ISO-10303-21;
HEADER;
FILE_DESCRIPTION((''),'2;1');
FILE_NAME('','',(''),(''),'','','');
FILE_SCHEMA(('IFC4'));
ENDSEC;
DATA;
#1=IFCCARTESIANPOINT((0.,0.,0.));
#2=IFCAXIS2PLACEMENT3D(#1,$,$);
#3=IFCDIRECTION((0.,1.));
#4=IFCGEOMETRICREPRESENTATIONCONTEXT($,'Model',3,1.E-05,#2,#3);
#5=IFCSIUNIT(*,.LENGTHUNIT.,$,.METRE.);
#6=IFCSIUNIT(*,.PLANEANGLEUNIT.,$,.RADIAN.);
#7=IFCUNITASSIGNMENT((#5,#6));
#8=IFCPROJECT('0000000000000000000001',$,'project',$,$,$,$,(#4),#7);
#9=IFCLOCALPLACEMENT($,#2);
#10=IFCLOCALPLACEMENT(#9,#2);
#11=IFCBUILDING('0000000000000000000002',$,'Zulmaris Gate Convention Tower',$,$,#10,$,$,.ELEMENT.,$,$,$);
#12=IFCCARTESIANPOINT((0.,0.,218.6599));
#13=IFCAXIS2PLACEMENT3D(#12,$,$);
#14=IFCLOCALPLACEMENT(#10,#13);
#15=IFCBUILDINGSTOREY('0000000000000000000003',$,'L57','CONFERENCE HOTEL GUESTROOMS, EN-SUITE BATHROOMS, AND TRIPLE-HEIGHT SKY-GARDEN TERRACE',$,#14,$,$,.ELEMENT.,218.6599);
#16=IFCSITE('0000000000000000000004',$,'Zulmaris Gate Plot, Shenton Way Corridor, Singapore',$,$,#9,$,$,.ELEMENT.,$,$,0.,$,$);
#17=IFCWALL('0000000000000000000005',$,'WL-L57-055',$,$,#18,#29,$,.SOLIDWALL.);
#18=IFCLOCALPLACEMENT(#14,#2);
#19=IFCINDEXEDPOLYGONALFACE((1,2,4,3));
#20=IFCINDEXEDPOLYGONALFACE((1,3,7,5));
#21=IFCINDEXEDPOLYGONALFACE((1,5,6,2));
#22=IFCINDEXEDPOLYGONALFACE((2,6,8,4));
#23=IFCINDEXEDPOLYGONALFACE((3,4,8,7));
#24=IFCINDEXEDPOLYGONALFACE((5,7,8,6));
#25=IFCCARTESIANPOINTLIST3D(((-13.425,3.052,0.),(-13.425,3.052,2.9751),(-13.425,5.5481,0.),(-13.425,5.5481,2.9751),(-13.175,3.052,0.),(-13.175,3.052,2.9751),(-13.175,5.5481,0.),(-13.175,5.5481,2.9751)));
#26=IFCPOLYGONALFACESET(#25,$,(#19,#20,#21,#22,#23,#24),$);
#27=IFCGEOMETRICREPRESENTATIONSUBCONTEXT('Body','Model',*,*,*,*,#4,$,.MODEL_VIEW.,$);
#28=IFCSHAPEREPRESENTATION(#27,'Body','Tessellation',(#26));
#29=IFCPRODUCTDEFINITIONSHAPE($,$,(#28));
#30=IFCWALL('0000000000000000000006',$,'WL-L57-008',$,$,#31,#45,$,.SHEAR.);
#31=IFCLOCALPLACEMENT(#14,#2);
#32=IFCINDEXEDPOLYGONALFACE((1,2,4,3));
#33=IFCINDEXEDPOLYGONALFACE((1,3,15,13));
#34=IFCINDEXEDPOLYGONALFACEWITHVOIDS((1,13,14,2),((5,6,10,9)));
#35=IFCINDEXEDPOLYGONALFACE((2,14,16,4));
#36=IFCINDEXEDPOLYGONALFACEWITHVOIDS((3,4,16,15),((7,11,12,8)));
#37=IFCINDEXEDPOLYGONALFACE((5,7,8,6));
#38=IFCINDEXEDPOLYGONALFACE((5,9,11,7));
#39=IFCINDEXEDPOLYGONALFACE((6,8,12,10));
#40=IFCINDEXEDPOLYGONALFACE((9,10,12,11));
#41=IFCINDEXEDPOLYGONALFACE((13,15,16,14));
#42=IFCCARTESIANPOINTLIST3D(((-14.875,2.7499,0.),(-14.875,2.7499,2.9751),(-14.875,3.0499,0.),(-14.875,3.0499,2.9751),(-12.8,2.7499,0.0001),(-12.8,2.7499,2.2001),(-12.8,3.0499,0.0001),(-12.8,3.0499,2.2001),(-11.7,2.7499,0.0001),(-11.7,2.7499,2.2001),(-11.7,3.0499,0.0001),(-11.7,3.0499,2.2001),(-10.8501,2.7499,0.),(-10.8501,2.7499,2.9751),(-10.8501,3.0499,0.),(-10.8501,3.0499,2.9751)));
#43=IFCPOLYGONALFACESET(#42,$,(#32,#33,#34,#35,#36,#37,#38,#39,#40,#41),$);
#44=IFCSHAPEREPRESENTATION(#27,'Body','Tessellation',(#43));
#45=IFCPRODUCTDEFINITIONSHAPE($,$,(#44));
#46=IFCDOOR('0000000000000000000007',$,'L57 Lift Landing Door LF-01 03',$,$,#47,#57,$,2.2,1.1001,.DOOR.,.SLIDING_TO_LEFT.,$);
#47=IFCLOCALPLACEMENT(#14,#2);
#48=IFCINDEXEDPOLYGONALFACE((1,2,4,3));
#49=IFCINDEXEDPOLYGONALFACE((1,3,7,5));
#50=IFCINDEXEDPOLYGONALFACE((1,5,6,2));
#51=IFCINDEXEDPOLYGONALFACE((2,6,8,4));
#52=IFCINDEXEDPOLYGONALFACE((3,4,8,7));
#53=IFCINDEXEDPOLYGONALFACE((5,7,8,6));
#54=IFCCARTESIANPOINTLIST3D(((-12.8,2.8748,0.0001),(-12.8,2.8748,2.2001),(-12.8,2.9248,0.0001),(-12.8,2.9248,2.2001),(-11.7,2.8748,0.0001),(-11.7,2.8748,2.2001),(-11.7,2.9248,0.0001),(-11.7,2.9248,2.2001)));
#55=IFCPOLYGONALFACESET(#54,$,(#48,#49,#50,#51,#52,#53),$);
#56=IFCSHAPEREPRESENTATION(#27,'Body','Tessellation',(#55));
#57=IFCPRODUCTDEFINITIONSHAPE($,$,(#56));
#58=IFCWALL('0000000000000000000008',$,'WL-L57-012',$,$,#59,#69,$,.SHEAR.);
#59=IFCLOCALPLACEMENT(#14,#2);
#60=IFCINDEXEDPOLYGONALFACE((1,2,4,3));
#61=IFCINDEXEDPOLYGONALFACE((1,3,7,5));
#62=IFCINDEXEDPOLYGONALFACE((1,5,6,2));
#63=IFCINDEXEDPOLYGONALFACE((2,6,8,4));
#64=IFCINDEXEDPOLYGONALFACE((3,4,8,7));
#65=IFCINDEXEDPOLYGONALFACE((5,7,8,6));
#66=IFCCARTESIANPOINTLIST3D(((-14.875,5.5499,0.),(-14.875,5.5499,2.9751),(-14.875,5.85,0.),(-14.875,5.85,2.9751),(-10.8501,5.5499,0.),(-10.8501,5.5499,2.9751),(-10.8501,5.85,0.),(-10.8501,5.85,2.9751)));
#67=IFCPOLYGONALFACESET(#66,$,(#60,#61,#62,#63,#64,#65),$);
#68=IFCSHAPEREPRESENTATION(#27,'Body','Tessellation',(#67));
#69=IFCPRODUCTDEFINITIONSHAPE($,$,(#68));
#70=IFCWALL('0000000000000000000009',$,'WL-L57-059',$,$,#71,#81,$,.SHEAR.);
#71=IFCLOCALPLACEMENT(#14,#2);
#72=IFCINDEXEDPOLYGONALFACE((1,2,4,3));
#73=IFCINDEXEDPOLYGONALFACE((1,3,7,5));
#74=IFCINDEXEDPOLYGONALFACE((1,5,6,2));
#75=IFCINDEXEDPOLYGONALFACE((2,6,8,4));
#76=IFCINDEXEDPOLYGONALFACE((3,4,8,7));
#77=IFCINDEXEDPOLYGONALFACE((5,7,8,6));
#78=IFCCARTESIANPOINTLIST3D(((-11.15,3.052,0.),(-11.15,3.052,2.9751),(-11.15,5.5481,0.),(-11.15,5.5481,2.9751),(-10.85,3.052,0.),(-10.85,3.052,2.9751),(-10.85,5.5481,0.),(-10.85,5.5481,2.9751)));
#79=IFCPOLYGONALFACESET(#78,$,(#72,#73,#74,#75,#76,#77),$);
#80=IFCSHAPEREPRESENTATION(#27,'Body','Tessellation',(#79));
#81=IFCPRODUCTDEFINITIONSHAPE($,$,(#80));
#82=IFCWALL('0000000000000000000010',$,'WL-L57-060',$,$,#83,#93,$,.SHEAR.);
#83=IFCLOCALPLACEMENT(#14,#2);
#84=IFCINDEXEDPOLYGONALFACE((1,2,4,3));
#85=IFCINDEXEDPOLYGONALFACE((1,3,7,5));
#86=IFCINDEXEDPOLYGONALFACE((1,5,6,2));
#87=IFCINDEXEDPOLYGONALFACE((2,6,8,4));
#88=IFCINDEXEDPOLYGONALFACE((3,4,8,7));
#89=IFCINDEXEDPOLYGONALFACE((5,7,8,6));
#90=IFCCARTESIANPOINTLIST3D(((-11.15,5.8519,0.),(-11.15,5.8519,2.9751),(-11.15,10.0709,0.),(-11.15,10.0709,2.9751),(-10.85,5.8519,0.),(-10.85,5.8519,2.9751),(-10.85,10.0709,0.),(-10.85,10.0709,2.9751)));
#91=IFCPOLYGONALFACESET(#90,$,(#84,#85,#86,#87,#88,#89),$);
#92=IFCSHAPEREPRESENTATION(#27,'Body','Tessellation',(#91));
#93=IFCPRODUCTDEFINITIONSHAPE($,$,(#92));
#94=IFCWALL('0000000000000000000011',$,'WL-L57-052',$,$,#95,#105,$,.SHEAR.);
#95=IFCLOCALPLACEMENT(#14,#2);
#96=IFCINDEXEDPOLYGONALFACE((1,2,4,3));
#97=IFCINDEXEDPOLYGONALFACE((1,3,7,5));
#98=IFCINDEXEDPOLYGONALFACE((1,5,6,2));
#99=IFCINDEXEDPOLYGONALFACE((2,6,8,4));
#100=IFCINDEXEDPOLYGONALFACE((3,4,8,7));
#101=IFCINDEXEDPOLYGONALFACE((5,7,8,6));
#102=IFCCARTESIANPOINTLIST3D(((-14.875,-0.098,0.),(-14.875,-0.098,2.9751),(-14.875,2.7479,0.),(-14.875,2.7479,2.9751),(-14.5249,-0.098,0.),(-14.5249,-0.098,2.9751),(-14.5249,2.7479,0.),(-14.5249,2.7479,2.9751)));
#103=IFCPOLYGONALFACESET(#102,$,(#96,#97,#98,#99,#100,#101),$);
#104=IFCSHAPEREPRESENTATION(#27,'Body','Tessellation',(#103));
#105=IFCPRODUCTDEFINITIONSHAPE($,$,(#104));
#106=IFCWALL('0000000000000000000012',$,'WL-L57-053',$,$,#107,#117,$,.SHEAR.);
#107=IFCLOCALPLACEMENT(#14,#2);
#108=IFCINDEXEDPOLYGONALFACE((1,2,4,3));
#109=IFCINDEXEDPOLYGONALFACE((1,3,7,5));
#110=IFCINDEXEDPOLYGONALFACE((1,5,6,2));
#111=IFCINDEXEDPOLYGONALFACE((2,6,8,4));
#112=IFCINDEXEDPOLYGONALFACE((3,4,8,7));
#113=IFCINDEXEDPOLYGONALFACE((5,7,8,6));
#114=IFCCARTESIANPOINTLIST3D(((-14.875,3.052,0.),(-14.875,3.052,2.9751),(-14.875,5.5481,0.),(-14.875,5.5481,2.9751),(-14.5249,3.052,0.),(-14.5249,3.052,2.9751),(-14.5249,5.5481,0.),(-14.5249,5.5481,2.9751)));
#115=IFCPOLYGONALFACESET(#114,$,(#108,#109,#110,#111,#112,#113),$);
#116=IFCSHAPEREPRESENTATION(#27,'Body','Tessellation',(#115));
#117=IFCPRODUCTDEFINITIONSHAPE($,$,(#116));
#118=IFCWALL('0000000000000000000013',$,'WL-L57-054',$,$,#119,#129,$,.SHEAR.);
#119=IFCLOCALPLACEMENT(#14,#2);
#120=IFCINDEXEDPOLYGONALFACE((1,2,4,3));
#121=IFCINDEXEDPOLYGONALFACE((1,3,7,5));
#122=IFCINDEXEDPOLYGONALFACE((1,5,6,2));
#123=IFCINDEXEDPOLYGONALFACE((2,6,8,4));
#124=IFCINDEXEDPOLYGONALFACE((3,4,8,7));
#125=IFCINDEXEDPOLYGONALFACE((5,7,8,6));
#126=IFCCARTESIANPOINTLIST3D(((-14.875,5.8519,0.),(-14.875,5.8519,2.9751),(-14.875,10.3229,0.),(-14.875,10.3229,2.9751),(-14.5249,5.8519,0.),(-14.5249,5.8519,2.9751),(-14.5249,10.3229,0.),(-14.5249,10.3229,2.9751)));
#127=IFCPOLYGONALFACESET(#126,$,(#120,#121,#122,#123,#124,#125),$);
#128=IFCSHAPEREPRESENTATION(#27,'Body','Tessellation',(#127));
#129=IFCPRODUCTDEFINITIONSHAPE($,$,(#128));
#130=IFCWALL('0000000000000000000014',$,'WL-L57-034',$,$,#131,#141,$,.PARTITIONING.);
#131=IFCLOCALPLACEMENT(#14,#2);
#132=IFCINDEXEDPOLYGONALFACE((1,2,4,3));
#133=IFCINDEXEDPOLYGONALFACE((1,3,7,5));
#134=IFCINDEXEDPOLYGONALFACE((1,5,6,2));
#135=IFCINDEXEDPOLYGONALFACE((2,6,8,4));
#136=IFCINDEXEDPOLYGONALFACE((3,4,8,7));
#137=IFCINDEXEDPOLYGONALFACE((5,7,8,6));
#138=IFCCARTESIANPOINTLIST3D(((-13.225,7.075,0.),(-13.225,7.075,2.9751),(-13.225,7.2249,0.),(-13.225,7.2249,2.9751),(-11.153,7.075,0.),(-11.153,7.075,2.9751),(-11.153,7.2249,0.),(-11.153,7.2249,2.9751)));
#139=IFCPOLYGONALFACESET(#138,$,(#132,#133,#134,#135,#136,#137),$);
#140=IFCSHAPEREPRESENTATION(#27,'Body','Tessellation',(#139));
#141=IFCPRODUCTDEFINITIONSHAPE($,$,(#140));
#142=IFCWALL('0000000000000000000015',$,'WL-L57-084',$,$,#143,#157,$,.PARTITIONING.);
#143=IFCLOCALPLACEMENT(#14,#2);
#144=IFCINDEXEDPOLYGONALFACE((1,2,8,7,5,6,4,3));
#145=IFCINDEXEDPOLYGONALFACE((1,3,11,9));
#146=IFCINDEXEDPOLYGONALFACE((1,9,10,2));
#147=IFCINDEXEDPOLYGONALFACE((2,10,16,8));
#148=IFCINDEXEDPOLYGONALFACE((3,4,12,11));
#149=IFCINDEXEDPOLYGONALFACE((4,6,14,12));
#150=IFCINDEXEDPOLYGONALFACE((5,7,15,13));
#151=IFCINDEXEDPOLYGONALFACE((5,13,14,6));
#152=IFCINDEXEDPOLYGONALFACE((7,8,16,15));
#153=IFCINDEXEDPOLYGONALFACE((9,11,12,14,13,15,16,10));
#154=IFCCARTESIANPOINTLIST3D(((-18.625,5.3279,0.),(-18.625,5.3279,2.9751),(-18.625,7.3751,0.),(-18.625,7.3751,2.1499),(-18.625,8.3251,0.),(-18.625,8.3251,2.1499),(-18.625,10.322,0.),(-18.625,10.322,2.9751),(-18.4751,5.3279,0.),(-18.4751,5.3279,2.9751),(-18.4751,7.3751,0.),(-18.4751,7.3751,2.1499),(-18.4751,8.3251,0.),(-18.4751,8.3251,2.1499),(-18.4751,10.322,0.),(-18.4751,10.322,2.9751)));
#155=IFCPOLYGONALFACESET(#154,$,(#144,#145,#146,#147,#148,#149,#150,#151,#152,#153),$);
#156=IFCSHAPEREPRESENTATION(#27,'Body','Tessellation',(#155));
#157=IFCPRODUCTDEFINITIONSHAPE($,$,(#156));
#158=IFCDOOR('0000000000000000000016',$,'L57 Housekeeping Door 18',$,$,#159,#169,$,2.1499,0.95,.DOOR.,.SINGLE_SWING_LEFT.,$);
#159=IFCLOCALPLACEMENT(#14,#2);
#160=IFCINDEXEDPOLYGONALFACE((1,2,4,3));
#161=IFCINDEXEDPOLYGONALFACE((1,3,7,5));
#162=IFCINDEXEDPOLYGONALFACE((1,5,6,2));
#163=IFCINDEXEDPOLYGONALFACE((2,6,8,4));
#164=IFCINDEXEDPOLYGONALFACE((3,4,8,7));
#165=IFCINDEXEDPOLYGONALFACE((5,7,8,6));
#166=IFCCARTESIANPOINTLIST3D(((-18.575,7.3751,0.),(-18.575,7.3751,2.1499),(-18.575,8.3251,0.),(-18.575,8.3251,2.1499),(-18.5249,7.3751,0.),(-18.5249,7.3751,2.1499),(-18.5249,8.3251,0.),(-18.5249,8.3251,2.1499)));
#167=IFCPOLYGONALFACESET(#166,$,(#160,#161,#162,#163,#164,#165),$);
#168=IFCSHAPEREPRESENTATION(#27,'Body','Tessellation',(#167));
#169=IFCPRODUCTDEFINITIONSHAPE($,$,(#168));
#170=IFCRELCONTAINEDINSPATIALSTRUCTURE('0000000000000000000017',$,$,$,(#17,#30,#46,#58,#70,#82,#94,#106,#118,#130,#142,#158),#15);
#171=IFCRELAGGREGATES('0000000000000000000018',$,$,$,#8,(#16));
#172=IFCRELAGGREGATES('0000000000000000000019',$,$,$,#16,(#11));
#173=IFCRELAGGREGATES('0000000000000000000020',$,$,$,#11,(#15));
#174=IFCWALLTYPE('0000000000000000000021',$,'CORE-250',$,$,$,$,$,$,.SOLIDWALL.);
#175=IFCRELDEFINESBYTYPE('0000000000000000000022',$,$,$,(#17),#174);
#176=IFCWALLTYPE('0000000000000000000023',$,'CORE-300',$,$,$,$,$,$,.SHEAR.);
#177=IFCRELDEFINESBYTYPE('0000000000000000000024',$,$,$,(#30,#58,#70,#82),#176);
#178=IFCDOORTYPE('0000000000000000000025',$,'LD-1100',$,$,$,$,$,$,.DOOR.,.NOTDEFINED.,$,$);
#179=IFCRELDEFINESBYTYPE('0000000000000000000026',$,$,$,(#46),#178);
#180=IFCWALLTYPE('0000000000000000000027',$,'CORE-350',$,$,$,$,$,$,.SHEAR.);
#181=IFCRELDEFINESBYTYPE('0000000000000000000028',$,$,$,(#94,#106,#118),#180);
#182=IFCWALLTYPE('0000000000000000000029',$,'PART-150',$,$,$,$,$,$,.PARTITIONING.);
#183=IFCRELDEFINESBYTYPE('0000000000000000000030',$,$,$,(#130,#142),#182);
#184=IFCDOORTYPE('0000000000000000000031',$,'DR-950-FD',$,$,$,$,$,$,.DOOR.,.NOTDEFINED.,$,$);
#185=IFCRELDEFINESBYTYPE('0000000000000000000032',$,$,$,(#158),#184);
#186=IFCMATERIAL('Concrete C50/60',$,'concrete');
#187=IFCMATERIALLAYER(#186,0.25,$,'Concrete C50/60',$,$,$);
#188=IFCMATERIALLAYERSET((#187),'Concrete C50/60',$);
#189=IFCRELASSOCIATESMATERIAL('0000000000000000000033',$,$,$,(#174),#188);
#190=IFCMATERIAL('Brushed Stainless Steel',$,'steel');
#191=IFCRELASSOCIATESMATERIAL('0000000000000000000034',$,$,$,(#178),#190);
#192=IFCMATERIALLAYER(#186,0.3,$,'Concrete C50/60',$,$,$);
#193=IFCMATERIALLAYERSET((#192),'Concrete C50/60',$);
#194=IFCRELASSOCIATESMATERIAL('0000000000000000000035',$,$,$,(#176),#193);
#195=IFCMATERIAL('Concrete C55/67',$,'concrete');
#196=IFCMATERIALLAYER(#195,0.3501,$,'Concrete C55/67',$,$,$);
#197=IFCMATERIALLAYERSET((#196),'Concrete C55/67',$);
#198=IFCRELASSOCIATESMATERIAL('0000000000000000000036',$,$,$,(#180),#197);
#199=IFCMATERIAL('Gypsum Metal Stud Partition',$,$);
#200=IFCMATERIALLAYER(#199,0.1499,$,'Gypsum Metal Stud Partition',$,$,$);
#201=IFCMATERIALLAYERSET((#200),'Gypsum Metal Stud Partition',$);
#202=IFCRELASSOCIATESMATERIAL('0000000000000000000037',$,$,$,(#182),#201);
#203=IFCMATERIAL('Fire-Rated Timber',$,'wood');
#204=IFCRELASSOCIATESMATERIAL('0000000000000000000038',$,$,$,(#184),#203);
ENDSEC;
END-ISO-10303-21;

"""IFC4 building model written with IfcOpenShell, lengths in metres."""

from ifc_helpers import new_model, si_unit, direction, frame, frame_2d, origin, place, context, subcontext, project, spatial, rectangle, extrude, material, layer, layer_set, type_object, element, fill, save


model = new_model("IFC4")

# Units and contexts
model_context = context("Model", 3, precision=1e-05, world=origin(), true_north=direction((0.0, 1.0)))
body_context = subcontext(model_context, "Body", "Model", "MODEL_VIEW")
ifc_project = project(units=[si_unit("LENGTHUNIT", "METRE"), si_unit("PLANEANGLEUNIT", "RADIAN")], contexts=[model_context])

# Site, building, storey
site_placement = place(None, origin())
site = spatial("IfcSite", under=ifc_project, at=site_placement, Name="Zulmaris Gate Plot, Shenton Way Corridor, Singapore", CompositionType="ELEMENT", RefElevation=0.0)
building_placement = place(site_placement, origin())
building = spatial("IfcBuilding", under=site, at=building_placement, Name="Zulmaris Gate Convention Tower", CompositionType="ELEMENT")
storey_placement = place(building_placement, frame((0.0, 0.0, 218.6599)))
storey = spatial("IfcBuildingStorey", under=building, at=storey_placement, Name="L57", Description="CONFERENCE HOTEL GUESTROOMS, EN-SUITE BATHROOMS, AND TRIPLE-HEIGHT SKY-GARDEN TERRACE", CompositionType="ELEMENT", Elevation=218.6599)

# Shared definitions
ifc_material_1 = material(Name="Concrete C50/60", Category="concrete")

# Shared definitions
ifc_layer_1 = layer(ifc_material_1, 0.25, Name="Concrete C50/60")
ifc_layer_set_1 = layer_set([ifc_layer_1], Name="Concrete C50/60")
wall_type_1 = type_object("IfcWallType", Name="CORE-250", PredefinedType="SOLIDWALL", material=ifc_layer_set_1)
ifc_material_2 = material(Name="Brushed Stainless Steel", Category="steel")
door_type_1 = type_object("IfcDoorType", Name="LD-1100", OperationType="NOTDEFINED", PredefinedType="DOOR", material=ifc_material_2)

# Wall
wall_1_placement = place(storey_placement, frame((-13.3, 3.052, 0.0), z_axis=(0.0, 0.0, 1.0), x_axis=(0.0, 1.0, 0.0)))
element("IfcWall", 1, at=wall_1_placement, inside=storey, type_object=wall_type_1, Name="WL-L57-055", PredefinedType="SOLIDWALL", context=body_context, shape_type="SweptSolid", body=[
    extrude(rectangle(XDim=2.4961, YDim=0.25, at=frame_2d((1.248, 0.0))), origin(), (0.0, 0.0, 1.0), 2.9751),
])

# Wall, opening, door
ifc_layer_2 = layer(ifc_material_1, 0.3, Name="Concrete C50/60")
ifc_layer_set_2 = layer_set([ifc_layer_2], Name="Concrete C50/60")
wall_type_2 = type_object("IfcWallType", Name="CORE-300", PredefinedType="SHEAR", material=ifc_layer_set_2)
wall_2_placement = place(storey_placement, frame((-14.875, 2.8999, 0.0), z_axis=(0.0, 0.0, 1.0), x_axis=(1.0, 0.0, 0.0)))
wall_2 = element("IfcWall", 2, at=wall_2_placement, inside=storey, type_object=wall_type_2, Name="WL-L57-008", PredefinedType="SHEAR", context=body_context, shape_type="SweptSolid", body=[
    extrude(rectangle(XDim=4.0249, YDim=0.3, at=frame_2d((2.0125, 0.0))), origin(), (0.0, 0.0, 1.0), 2.9751),
])
opening_1_placement = place(wall_2_placement, frame((2.075, 0.0, 0.0)))
opening_1 = element("IfcOpeningElement", 3, at=opening_1_placement, cuts=wall_2, PredefinedType="OPENING", context=body_context, shape_type="SweptSolid", body=[
    extrude(rectangle(XDim=1.1001, YDim=2.2, at=frame_2d((0.55, 1.1001))), frame((0.0, 0.1602, 0.0), z_axis=(0.0, -1.0, 0.0), x_axis=(1.0, 0.0, 0.0)), (0.0, 0.0, 1.0), 0.3201),
])
door_1_placement = place(opening_1_placement, origin())
door_1 = element("IfcDoor", 4, at=door_1_placement, inside=storey, type_object=door_type_1, Name="L57 Lift Landing Door LF-01 03", OperationType="SLIDING_TO_LEFT", OverallHeight=2.2, OverallWidth=1.1001, PredefinedType="DOOR", context=body_context, shape_type="SweptSolid", body=[
    extrude(rectangle(XDim=1.1001, YDim=2.2, at=frame_2d((0.55, 1.1001))), frame((0.0, 0.0249, 0.0), z_axis=(0.0, -1.0, 0.0), x_axis=(1.0, 0.0, 0.0)), (0.0, 0.0, 1.0), 0.05),
])
fill(opening_1, door_1)

# Wall
wall_3_placement = place(storey_placement, frame((-14.875, 5.7, 0.0), z_axis=(0.0, 0.0, 1.0), x_axis=(1.0, 0.0, 0.0)))
element("IfcWall", 5, at=wall_3_placement, inside=storey, type_object=wall_type_2, Name="WL-L57-012", PredefinedType="SHEAR", context=body_context, shape_type="SweptSolid", body=[
    extrude(rectangle(XDim=4.0249, YDim=0.3, at=frame_2d((2.0125, 0.0))), origin(), (0.0, 0.0, 1.0), 2.9751),
])

# Walls
wall_4_placement = place(storey_placement, frame((-11.0, 3.052, 0.0), z_axis=(0.0, 0.0, 1.0), x_axis=(0.0, 1.0, 0.0)))
element("IfcWall", 6, at=wall_4_placement, inside=storey, type_object=wall_type_2, Name="WL-L57-059", PredefinedType="SHEAR", context=body_context, shape_type="SweptSolid", body=[
    extrude(rectangle(XDim=2.4961, YDim=0.3, at=frame_2d((1.248, 0.0))), origin(), (0.0, 0.0, 1.0), 2.9751),
])
wall_5_placement = place(storey_placement, frame((-11.0, 5.8521, 0.0), z_axis=(0.0, 0.0, 1.0), x_axis=(0.0, 1.0, 0.0)))
element("IfcWall", 7, at=wall_5_placement, inside=storey, type_object=wall_type_2, Name="WL-L57-060", PredefinedType="SHEAR", context=body_context, shape_type="SweptSolid", body=[
    extrude(rectangle(XDim=4.219, YDim=0.3, at=frame_2d((2.1094, 0.0))), origin(), (0.0, 0.0, 1.0), 2.9751),
])
ifc_material_3 = material(Name="Concrete C55/67", Category="concrete")
ifc_layer_3 = layer(ifc_material_3, 0.3501, Name="Concrete C55/67")
ifc_layer_set_3 = layer_set([ifc_layer_3], Name="Concrete C55/67")
wall_type_3 = type_object("IfcWallType", Name="CORE-350", PredefinedType="SHEAR", material=ifc_layer_set_3)
wall_6_placement = place(storey_placement, frame((-14.7, -0.0979, 0.0), z_axis=(0.0, 0.0, 1.0), x_axis=(0.0, 1.0, 0.0)))
element("IfcWall", 8, at=wall_6_placement, inside=storey, type_object=wall_type_3, Name="WL-L57-052", PredefinedType="SHEAR", context=body_context, shape_type="SweptSolid", body=[
    extrude(rectangle(XDim=2.8459, YDim=0.3501, at=frame_2d((1.4229, 0.0))), origin(), (0.0, 0.0, 1.0), 2.9751),
])
wall_7_placement = place(storey_placement, frame((-14.7, 3.052, 0.0), z_axis=(0.0, 0.0, 1.0), x_axis=(0.0, 1.0, 0.0)))
element("IfcWall", 9, at=wall_7_placement, inside=storey, type_object=wall_type_3, Name="WL-L57-053", PredefinedType="SHEAR", context=body_context, shape_type="SweptSolid", body=[
    extrude(rectangle(XDim=2.4961, YDim=0.3501, at=frame_2d((1.248, 0.0))), origin(), (0.0, 0.0, 1.0), 2.9751),
])
wall_8_placement = place(storey_placement, frame((-14.7, 5.8521, 0.0), z_axis=(0.0, 0.0, 1.0), x_axis=(0.0, 1.0, 0.0)))
element("IfcWall", 10, at=wall_8_placement, inside=storey, type_object=wall_type_3, Name="WL-L57-054", PredefinedType="SHEAR", context=body_context, shape_type="SweptSolid", body=[
    extrude(rectangle(XDim=4.4709, YDim=0.3501, at=frame_2d((2.2354, 0.0))), origin(), (0.0, 0.0, 1.0), 2.9751),
])
ifc_material_4 = material(Name="Gypsum Metal Stud Partition")
ifc_layer_4 = layer(ifc_material_4, 0.1499, Name="Gypsum Metal Stud Partition")
ifc_layer_set_4 = layer_set([ifc_layer_4], Name="Gypsum Metal Stud Partition")
wall_type_4 = type_object("IfcWallType", Name="PART-150", PredefinedType="PARTITIONING", material=ifc_layer_set_4)
wall_9_placement = place(storey_placement, frame((-13.2251, 7.1499, 0.0), z_axis=(0.0, 0.0, 1.0), x_axis=(1.0, 0.0, 0.0)))
element("IfcWall", 11, at=wall_9_placement, inside=storey, type_object=wall_type_4, Name="WL-L57-034", PredefinedType="PARTITIONING", context=body_context, shape_type="SweptSolid", body=[
    extrude(rectangle(XDim=2.072, YDim=0.1499, at=frame_2d((1.0361, 0.0))), origin(), (0.0, 0.0, 1.0), 2.9751),
])

# Wall, opening, door
wall_10_placement = place(storey_placement, frame((-18.55, 5.3279, 0.0), z_axis=(0.0, 0.0, 1.0), x_axis=(0.0, 1.0, 0.0)))
wall_10 = element("IfcWall", 12, at=wall_10_placement, inside=storey, type_object=wall_type_4, Name="WL-L57-084", PredefinedType="PARTITIONING", context=body_context, shape_type="SweptSolid", body=[
    extrude(rectangle(XDim=4.9941, YDim=0.1499, at=frame_2d((2.4971, 0.0))), origin(), (0.0, 0.0, 1.0), 2.9751),
])
opening_2_placement = place(wall_10_placement, frame((2.0471, 0.0, 0.0)))
opening_2 = element("IfcOpeningElement", 13, at=opening_2_placement, cuts=wall_10, PredefinedType="OPENING", context=body_context, shape_type="SweptSolid", body=[
    extrude(rectangle(XDim=0.95, YDim=2.1499, at=frame_2d((0.4751, 1.075))), frame((0.0, 0.085, 0.0), z_axis=(0.0, -1.0, 0.0), x_axis=(1.0, 0.0, 0.0)), (0.0, 0.0, 1.0), 0.1699),
])
ifc_material_5 = material(Name="Fire-Rated Timber", Category="wood")
door_type_2 = type_object("IfcDoorType", Name="DR-950-FD", OperationType="NOTDEFINED", PredefinedType="DOOR", material=ifc_material_5)
door_2_placement = place(opening_2_placement, origin())
door_2 = element("IfcDoor", 14, at=door_2_placement, inside=storey, type_object=door_type_2, Name="L57 Housekeeping Door 18", OperationType="SINGLE_SWING_LEFT", OverallHeight=2.1499, OverallWidth=0.95, PredefinedType="DOOR", context=body_context, shape_type="SweptSolid", body=[
    extrude(rectangle(XDim=0.95, YDim=2.1499, at=frame_2d((0.4751, 1.075))), frame((0.0, 0.0249, 0.0), z_axis=(0.0, -1.0, 0.0), x_axis=(1.0, 0.0, 0.0)), (0.0, 0.0, 1.0), 0.05),
])
fill(opening_2, door_2)

save(model, "model.ifc")
